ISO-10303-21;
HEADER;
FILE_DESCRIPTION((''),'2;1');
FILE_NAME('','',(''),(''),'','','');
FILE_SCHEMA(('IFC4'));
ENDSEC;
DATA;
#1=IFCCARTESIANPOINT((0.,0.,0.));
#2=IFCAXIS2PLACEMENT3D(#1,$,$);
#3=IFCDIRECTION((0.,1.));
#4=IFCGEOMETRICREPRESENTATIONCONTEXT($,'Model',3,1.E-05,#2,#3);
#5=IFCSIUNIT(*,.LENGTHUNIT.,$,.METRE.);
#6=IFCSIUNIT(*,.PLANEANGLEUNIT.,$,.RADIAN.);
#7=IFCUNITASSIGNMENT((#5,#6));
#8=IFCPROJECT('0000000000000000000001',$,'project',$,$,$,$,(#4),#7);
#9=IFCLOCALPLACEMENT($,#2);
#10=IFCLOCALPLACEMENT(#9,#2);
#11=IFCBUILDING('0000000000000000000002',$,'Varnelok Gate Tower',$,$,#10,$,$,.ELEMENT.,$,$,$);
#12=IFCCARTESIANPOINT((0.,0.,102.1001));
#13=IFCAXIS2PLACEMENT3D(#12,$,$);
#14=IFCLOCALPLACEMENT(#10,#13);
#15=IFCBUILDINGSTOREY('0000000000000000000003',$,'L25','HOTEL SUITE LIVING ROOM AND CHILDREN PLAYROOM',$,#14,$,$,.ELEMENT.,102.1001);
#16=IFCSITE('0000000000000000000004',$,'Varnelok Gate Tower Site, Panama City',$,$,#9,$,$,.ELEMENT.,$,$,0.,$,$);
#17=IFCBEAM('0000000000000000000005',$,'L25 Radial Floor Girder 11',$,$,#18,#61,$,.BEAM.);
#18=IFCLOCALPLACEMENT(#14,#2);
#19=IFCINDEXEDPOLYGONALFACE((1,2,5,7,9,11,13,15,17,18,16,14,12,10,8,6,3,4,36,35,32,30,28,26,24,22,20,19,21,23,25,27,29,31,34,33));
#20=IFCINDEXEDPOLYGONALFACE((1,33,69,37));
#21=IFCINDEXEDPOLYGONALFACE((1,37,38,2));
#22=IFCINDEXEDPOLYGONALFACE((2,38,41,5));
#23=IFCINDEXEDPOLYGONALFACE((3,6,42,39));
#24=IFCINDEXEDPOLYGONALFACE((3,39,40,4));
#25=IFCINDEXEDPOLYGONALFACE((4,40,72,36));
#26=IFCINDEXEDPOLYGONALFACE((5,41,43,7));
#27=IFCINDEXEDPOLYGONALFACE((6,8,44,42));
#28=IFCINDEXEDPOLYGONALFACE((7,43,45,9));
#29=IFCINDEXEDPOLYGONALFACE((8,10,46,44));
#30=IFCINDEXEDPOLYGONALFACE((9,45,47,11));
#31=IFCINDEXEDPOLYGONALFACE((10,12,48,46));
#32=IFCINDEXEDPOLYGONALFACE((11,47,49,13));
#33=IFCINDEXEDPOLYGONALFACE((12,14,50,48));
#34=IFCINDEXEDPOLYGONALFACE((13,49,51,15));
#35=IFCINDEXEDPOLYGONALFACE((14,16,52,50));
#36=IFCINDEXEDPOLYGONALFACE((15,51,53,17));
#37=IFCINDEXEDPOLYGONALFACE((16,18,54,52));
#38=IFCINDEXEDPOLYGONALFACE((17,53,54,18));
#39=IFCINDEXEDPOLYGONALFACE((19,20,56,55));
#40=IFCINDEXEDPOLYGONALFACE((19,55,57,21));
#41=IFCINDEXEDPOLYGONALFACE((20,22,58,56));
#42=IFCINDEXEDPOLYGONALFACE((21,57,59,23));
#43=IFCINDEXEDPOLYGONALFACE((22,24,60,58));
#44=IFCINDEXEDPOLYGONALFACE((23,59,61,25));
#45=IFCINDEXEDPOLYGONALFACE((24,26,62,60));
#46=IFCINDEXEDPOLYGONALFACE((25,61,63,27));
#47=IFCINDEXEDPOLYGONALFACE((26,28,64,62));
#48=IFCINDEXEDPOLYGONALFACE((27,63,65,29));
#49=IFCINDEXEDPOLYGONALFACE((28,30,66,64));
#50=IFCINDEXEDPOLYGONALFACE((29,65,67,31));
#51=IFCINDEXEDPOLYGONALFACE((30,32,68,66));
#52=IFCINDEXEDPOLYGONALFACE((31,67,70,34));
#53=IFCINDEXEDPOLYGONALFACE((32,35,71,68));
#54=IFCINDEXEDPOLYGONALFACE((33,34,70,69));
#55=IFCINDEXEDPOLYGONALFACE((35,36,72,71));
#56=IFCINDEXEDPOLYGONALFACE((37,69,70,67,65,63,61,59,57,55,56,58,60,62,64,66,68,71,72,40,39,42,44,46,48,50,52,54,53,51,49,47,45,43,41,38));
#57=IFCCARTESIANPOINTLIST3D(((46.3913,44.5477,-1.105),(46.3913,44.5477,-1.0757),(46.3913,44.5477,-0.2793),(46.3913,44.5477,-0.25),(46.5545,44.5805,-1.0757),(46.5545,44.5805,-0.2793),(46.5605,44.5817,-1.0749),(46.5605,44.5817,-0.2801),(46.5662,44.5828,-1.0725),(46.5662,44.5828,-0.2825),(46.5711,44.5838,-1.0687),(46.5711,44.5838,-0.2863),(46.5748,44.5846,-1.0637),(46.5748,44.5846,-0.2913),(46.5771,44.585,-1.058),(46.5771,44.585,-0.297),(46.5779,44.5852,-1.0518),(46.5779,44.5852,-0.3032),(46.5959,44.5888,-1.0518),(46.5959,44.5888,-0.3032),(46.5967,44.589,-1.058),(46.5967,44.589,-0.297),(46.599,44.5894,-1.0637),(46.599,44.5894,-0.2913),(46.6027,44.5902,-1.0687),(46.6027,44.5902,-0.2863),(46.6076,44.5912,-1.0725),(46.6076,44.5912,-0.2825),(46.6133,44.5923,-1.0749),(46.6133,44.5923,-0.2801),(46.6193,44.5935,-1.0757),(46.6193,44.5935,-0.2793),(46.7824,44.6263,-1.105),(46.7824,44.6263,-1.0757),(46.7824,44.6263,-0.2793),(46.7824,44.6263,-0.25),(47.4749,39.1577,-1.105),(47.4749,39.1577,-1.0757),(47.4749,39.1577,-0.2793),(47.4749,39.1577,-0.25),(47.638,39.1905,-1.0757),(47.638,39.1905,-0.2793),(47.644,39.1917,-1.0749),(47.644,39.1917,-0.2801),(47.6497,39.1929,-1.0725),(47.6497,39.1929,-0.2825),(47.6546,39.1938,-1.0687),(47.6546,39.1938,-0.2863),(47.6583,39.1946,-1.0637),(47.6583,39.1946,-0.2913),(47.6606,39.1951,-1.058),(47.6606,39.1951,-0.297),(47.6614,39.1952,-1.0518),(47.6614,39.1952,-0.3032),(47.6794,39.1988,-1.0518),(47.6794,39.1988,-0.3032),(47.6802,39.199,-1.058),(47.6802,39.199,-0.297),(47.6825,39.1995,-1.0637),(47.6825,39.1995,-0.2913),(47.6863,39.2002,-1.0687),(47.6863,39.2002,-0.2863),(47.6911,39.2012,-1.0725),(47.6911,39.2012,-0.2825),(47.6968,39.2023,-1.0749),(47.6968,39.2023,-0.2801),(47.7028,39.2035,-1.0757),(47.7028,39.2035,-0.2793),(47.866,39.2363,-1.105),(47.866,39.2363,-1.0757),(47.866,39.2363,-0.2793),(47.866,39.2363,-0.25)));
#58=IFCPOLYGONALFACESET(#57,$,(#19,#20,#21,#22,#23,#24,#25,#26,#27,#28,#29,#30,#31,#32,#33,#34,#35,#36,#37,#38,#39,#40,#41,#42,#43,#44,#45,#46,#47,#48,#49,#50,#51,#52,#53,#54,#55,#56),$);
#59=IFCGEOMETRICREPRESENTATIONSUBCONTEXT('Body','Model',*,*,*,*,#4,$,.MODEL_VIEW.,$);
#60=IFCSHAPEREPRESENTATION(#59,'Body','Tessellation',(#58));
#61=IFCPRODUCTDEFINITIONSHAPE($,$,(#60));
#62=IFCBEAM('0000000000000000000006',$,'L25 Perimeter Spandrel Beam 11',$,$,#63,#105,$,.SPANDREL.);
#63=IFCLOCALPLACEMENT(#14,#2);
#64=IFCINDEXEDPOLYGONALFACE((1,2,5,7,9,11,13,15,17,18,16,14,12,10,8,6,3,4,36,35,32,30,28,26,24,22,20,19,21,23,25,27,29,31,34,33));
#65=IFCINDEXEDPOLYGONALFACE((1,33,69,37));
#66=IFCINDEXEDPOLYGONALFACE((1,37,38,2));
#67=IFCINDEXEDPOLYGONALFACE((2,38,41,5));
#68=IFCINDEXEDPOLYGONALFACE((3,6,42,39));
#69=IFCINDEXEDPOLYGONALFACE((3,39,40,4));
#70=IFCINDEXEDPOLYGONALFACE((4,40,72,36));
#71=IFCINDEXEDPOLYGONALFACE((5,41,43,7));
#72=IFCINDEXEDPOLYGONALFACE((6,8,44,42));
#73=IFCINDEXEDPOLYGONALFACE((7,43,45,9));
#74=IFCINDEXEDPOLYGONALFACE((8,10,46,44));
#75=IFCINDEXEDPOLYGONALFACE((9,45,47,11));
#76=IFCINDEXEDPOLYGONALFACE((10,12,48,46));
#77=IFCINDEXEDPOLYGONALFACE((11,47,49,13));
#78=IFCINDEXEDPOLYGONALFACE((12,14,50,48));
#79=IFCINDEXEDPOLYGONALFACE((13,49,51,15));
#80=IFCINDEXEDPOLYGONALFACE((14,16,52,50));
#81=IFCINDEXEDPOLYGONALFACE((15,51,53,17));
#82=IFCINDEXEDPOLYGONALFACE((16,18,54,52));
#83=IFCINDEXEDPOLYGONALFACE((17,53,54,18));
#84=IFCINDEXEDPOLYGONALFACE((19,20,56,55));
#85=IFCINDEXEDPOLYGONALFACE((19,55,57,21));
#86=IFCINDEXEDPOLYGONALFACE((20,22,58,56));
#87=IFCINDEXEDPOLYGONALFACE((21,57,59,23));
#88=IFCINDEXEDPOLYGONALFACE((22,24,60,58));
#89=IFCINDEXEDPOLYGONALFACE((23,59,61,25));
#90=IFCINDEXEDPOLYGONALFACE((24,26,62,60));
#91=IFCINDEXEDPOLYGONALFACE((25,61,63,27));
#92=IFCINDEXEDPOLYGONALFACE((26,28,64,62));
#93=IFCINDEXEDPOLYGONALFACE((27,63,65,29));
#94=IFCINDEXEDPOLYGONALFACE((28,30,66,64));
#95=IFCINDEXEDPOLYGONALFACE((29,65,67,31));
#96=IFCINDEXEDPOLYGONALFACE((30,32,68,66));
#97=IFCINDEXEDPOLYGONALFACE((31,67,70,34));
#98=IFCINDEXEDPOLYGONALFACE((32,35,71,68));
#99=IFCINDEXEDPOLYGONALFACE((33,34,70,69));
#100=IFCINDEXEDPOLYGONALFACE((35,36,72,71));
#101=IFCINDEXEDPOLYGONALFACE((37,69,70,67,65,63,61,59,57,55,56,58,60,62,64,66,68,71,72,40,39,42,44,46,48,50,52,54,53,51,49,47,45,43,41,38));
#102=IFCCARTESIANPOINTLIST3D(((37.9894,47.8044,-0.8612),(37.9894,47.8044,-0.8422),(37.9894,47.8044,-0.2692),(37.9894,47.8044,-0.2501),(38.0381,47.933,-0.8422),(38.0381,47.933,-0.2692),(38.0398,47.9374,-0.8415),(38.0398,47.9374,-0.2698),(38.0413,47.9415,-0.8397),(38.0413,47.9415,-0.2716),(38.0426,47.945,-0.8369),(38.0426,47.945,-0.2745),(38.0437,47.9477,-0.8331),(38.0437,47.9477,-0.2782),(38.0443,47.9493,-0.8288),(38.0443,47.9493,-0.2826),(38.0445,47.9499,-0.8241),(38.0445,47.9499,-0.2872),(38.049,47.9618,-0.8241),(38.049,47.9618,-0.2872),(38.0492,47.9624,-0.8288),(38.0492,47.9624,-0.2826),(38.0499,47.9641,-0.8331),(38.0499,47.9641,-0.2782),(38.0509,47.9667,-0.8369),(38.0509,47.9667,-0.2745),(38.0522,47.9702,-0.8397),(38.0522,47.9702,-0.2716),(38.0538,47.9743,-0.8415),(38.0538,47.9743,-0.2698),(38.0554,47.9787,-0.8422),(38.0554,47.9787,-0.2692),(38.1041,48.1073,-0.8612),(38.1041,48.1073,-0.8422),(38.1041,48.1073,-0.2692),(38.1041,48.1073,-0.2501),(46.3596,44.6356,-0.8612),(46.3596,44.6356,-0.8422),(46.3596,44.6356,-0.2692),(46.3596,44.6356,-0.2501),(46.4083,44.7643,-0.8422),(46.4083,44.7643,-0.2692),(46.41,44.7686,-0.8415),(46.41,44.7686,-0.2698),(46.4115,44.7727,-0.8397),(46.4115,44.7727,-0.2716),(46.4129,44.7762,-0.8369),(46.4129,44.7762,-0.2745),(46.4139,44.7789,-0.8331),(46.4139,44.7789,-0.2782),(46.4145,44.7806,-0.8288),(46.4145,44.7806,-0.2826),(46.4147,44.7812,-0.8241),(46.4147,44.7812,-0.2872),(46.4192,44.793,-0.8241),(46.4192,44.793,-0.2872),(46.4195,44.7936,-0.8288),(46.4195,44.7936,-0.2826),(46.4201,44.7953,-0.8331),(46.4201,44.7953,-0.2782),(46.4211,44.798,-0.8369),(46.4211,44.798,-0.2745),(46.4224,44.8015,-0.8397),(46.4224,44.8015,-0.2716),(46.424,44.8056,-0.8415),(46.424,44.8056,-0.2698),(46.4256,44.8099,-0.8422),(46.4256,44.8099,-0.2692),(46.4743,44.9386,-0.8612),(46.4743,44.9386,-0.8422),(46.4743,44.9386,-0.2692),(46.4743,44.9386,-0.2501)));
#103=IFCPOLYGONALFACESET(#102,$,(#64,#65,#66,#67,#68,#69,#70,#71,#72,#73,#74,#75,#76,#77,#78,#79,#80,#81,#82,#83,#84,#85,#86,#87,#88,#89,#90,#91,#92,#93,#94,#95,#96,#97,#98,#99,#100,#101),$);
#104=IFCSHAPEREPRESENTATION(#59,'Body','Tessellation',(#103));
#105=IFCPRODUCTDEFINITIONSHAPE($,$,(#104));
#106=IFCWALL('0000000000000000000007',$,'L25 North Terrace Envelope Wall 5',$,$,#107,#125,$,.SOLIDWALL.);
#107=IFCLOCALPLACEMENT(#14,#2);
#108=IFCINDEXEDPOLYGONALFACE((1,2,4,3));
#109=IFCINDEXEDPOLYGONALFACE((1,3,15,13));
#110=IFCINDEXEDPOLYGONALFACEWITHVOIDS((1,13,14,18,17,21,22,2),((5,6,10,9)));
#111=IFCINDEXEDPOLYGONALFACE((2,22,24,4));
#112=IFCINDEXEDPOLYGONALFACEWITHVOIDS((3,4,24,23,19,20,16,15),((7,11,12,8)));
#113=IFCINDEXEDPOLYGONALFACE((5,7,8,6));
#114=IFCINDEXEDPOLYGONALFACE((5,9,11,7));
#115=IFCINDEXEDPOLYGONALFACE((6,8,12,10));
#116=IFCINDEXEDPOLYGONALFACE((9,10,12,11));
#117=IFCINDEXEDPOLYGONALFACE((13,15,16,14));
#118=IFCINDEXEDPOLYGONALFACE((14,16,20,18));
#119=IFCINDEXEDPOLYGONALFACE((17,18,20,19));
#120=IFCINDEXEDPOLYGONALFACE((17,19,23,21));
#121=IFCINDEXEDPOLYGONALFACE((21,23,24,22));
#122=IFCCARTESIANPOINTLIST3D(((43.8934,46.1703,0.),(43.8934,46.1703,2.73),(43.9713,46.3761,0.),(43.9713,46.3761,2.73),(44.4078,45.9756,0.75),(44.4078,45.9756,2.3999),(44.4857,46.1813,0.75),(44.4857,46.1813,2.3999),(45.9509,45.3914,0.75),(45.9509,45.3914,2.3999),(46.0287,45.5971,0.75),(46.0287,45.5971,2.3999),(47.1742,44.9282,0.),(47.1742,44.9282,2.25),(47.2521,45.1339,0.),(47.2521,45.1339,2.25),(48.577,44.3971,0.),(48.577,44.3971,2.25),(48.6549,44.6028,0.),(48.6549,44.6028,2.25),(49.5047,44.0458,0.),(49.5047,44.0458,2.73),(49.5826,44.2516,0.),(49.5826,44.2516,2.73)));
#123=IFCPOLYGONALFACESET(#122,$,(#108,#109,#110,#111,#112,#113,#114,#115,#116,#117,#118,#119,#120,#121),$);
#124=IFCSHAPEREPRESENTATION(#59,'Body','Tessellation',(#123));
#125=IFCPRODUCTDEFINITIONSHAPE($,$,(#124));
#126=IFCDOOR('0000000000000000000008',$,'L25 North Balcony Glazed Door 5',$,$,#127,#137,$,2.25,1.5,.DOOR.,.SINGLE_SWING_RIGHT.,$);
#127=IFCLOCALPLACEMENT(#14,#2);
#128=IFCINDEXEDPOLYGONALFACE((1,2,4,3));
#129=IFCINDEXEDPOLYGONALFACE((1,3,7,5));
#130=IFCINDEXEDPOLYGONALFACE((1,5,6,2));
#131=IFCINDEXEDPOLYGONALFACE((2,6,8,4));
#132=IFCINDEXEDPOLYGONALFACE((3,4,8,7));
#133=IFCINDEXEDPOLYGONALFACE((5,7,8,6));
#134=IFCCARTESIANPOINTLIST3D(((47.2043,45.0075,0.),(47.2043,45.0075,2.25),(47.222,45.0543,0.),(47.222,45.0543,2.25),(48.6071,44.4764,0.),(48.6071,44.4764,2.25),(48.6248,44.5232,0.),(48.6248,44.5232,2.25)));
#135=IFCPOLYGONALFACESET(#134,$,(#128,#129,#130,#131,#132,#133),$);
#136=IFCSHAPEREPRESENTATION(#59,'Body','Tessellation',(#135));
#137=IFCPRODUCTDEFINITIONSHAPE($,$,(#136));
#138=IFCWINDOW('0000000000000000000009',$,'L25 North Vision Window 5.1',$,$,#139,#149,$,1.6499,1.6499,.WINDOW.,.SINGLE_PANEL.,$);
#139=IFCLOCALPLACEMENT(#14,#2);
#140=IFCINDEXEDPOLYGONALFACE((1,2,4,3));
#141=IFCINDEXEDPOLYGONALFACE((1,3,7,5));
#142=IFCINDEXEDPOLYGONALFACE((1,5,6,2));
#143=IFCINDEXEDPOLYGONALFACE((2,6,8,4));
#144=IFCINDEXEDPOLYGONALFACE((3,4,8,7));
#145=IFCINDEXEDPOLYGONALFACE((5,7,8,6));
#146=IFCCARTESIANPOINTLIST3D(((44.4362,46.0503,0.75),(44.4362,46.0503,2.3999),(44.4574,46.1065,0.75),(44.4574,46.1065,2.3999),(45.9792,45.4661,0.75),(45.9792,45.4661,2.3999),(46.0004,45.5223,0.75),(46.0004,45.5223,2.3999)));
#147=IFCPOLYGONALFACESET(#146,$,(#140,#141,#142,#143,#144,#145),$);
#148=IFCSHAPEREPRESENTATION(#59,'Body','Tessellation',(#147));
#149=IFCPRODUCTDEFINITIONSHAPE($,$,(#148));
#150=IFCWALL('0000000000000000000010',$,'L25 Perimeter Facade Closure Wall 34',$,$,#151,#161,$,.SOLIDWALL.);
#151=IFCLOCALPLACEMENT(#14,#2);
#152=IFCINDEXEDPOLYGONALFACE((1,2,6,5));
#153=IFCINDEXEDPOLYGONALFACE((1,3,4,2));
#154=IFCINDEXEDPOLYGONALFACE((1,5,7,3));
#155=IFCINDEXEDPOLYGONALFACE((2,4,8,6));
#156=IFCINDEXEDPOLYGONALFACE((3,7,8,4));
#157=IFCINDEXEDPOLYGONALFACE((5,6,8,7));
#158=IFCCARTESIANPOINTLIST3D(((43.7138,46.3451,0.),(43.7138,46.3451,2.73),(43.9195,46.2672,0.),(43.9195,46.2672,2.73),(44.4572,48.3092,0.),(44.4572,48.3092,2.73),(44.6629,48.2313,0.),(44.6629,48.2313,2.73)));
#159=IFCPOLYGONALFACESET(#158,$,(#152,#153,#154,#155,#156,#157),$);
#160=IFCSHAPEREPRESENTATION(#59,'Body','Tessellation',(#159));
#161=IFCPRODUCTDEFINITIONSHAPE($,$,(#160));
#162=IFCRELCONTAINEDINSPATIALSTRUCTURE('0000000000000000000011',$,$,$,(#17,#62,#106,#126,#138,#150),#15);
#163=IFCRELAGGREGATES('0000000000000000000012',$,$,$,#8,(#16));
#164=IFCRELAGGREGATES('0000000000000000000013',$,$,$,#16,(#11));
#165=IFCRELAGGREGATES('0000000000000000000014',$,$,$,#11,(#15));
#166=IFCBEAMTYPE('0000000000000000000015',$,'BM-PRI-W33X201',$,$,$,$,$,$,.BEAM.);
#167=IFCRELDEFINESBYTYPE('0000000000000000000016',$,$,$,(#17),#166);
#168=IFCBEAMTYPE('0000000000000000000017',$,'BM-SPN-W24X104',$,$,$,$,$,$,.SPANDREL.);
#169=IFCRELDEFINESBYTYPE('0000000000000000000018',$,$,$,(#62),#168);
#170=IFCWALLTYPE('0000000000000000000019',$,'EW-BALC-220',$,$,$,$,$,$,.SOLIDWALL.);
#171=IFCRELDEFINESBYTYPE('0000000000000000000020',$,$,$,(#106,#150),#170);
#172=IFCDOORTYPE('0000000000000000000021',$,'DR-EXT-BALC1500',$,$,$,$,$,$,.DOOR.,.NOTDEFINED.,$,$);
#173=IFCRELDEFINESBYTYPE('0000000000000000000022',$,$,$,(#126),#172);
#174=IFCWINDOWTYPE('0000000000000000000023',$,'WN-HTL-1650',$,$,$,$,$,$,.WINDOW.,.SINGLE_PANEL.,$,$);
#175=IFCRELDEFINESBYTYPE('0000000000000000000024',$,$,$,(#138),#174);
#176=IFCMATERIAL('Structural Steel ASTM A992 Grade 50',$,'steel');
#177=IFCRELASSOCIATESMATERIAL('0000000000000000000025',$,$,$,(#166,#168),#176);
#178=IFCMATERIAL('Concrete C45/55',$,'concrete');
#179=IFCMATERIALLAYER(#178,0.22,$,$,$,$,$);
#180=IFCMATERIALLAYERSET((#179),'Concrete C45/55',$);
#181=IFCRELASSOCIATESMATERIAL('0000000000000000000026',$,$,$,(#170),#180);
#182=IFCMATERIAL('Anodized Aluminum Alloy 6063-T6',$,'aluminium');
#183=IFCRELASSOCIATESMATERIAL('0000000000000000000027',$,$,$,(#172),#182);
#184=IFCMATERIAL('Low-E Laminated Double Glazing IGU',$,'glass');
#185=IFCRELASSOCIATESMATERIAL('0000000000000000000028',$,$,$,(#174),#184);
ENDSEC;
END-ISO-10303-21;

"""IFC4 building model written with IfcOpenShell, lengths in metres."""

from ifc_helpers import new_model, si_unit, direction, frame, frame_2d, origin, origin_2d, place, context, subcontext, project, spatial, rectangle, i_section, extrude, material, layer, layer_set, material_profile, profile_set, type_object, element, fill, save


model = new_model("IFC4")

# Units and contexts
model_context = context("Model", 3, precision=1e-05, world=origin(), true_north=direction((0.0, 1.0)))
body_context = subcontext(model_context, "Body", "Model", "MODEL_VIEW")
ifc_project = project(units=[si_unit("LENGTHUNIT", "METRE"), si_unit("PLANEANGLEUNIT", "RADIAN")], contexts=[model_context])

# Site, building, storey
site_placement = place(None, origin())
site = spatial("IfcSite", under=ifc_project, at=site_placement, Name="Varnelok Gate Tower Site, Panama City", CompositionType="ELEMENT", RefElevation=0.0)
building_placement = place(site_placement, origin())
building = spatial("IfcBuilding", under=site, at=building_placement, Name="Varnelok Gate Tower", CompositionType="ELEMENT")
storey_placement = place(building_placement, frame((0.0, 0.0, 102.1001)))
storey = spatial("IfcBuildingStorey", under=building, at=storey_placement, Name="L25", Description="HOTEL SUITE LIVING ROOM AND CHILDREN PLAYROOM", CompositionType="ELEMENT", Elevation=102.1001)

# Shared definitions
ifc_material_1 = material(Name="Structural Steel ASTM A992 Grade 50", Category="steel")

# Beams
ifc_material_profile_1 = material_profile(ifc_material_1, i_section(OverallWidth=0.3989, OverallDepth=0.855, WebThickness=0.0183, FlangeThickness=0.0293, FilletRadius=0.0239, at=origin_2d()), Name="W33X201")
ifc_profile_set_1 = profile_set([ifc_material_profile_1], Name="Structural Steel ASTM A992 Grade 50")
beam_type_1 = type_object("IfcBeamType", Name="BM-PRI-W33X201", PredefinedType="BEAM", material=ifc_profile_set_1)
beam_1_placement = place(storey_placement, frame((47.6704, 39.197, -0.6775), z_axis=(-0.197081, 0.980387, 0.0), x_axis=(-0.980387, -0.197081, 0.0)))
element("IfcBeam", 1, at=beam_1_placement, inside=storey, type_object=beam_type_1, Name="L25 Radial Floor Girder 11", PredefinedType="BEAM", context=body_context, shape_type="SweptSolid", body=[
    extrude(i_section(OverallWidth=0.3989, OverallDepth=0.855, WebThickness=0.0183, FlangeThickness=0.0293, FilletRadius=0.0239, at=origin_2d()), origin(), (0.0, 0.0, 1.0), 5.4978),
])
ifc_material_profile_2 = material_profile(ifc_material_1, i_section(OverallWidth=0.324, OverallDepth=0.6111, WebThickness=0.0127, FlangeThickness=0.019, FilletRadius=0.0181, at=origin_2d()), Name="W24X104")
ifc_profile_set_2 = profile_set([ifc_material_profile_2], Name="Structural Steel ASTM A992 Grade 50")
beam_type_2 = type_object("IfcBeamType", Name="BM-SPN-W24X104", PredefinedType="SPANDREL", material=ifc_profile_set_2)
beam_2_placement = place(storey_placement, frame((46.417, 44.7871, -0.5557), z_axis=(-0.935226, 0.354051, 0.0), x_axis=(-0.354051, -0.935226, 0.0)))
element("IfcBeam", 2, at=beam_2_placement, inside=storey, type_object=beam_type_2, Name="L25 Perimeter Spandrel Beam 11", PredefinedType="SPANDREL", context=body_context, shape_type="SweptSolid", body=[
    extrude(i_section(OverallWidth=0.324, OverallDepth=0.6111, WebThickness=0.0127, FlangeThickness=0.019, FilletRadius=0.0181, at=origin_2d()), origin(), (0.0, 0.0, 1.0), 8.95),
])

# Wall, openings, door, window
ifc_material_2 = material(Name="Concrete C45/55", Category="concrete")
ifc_layer_1 = layer(ifc_material_2, 0.22)
ifc_layer_set_1 = layer_set([ifc_layer_1], Name="Concrete C45/55")
wall_type_1 = type_object("IfcWallType", Name="EW-BALC-220", PredefinedType="SOLIDWALL", material=ifc_layer_set_1)
wall_1_placement = place(storey_placement, frame((43.9324, 46.2732, 0.0), z_axis=(0.0, 0.0, 1.0), x_axis=(0.935214, -0.354083, 0.0)))
wall_1 = element("IfcWall", 3, at=wall_1_placement, inside=storey, type_object=wall_type_1, Name="L25 North Terrace Envelope Wall 5", PredefinedType="SOLIDWALL", context=body_context, shape_type="SweptSolid", body=[
    extrude(rectangle(XDim=6.0, YDim=0.22, at=frame_2d((3.0, 0.0))), origin(), (0.0, 0.0, 1.0), 2.73),
])
opening_1_placement = place(wall_1_placement, frame((3.5081, 0.0, 0.0)))
opening_1 = element("IfcOpeningElement", 4, at=opening_1_placement, cuts=wall_1, PredefinedType="OPENING", context=body_context, shape_type="SweptSolid", body=[
    extrude(rectangle(XDim=1.5, YDim=2.25, at=frame_2d((0.75, 1.125))), frame((0.0, 0.1199, 0.0), z_axis=(0.0, -1.0, 0.0), x_axis=(1.0, 0.0, 0.0)), (0.0, 0.0, 1.0), 0.24),
])
opening_2_placement = place(wall_1_placement, frame((0.55, 0.0, 0.75)))
opening_2 = element("IfcOpeningElement", 5, at=opening_2_placement, cuts=wall_1, PredefinedType="OPENING", context=body_context, shape_type="SweptSolid", body=[
    extrude(rectangle(XDim=1.6499, YDim=1.6499, at=frame_2d((0.825, 0.825))), frame((0.0, 0.1199, 0.0), z_axis=(0.0, -1.0, 0.0), x_axis=(1.0, 0.0, 0.0)), (0.0, 0.0, 1.0), 0.24),
])
ifc_material_3 = material(Name="Anodized Aluminum Alloy 6063-T6", Category="aluminium")
door_type_1 = type_object("IfcDoorType", Name="DR-EXT-BALC1500", OperationType="NOTDEFINED", PredefinedType="DOOR", material=ifc_material_3)
door_1_placement = place(opening_1_placement, origin())
door_1 = element("IfcDoor", 6, at=door_1_placement, inside=storey, type_object=door_type_1, Name="L25 North Balcony Glazed Door 5", OperationType="SINGLE_SWING_RIGHT", OverallHeight=2.25, OverallWidth=1.5, PredefinedType="DOOR", context=body_context, shape_type="SweptSolid", body=[
    extrude(rectangle(XDim=1.5, YDim=2.25, at=frame_2d((0.75, 1.125))), frame((0.0, 0.0249, 0.0), z_axis=(0.0, -1.0, 0.0), x_axis=(1.0, 0.0, 0.0)), (0.0, 0.0, 1.0), 0.05),
])
fill(opening_1, door_1)
ifc_material_4 = material(Name="Low-E Laminated Double Glazing IGU", Category="glass")
window_type = type_object("IfcWindowType", Name="WN-HTL-1650", PartitioningType="SINGLE_PANEL", PredefinedType="WINDOW", material=ifc_material_4)
window_1_placement = place(opening_2_placement, origin())
window_1 = element("IfcWindow", 7, at=window_1_placement, inside=storey, type_object=window_type, Name="L25 North Vision Window 5.1", OverallHeight=1.6499, OverallWidth=1.6499, PartitioningType="SINGLE_PANEL", PredefinedType="WINDOW", context=body_context, shape_type="SweptSolid", body=[
    extrude(rectangle(XDim=1.6499, YDim=1.6499, at=frame_2d((0.825, 0.825))), frame((0.0, 0.03, 0.0), z_axis=(0.0, -1.0, 0.0), x_axis=(1.0, 0.0, 0.0)), (0.0, 0.0, 1.0), 0.0601),
])
fill(opening_2, window_1)

# Wall
wall_2_placement = place(storey_placement, frame((43.8167, 46.3062, 0.0), z_axis=(0.0, 0.0, 1.0), x_axis=(0.353988, 0.93525, 0.0)))
element("IfcWall", 8, at=wall_2_placement, inside=storey, type_object=wall_type_1, Name="L25 Perimeter Facade Closure Wall 34", PredefinedType="SOLIDWALL", context=body_context, shape_type="SweptSolid", body=[
    extrude(rectangle(XDim=2.1001, YDim=0.22, at=frame_2d((1.05, 0.0))), origin(), (0.0, 0.0, 1.0), 2.73),
])

save(model, "model.ifc")
